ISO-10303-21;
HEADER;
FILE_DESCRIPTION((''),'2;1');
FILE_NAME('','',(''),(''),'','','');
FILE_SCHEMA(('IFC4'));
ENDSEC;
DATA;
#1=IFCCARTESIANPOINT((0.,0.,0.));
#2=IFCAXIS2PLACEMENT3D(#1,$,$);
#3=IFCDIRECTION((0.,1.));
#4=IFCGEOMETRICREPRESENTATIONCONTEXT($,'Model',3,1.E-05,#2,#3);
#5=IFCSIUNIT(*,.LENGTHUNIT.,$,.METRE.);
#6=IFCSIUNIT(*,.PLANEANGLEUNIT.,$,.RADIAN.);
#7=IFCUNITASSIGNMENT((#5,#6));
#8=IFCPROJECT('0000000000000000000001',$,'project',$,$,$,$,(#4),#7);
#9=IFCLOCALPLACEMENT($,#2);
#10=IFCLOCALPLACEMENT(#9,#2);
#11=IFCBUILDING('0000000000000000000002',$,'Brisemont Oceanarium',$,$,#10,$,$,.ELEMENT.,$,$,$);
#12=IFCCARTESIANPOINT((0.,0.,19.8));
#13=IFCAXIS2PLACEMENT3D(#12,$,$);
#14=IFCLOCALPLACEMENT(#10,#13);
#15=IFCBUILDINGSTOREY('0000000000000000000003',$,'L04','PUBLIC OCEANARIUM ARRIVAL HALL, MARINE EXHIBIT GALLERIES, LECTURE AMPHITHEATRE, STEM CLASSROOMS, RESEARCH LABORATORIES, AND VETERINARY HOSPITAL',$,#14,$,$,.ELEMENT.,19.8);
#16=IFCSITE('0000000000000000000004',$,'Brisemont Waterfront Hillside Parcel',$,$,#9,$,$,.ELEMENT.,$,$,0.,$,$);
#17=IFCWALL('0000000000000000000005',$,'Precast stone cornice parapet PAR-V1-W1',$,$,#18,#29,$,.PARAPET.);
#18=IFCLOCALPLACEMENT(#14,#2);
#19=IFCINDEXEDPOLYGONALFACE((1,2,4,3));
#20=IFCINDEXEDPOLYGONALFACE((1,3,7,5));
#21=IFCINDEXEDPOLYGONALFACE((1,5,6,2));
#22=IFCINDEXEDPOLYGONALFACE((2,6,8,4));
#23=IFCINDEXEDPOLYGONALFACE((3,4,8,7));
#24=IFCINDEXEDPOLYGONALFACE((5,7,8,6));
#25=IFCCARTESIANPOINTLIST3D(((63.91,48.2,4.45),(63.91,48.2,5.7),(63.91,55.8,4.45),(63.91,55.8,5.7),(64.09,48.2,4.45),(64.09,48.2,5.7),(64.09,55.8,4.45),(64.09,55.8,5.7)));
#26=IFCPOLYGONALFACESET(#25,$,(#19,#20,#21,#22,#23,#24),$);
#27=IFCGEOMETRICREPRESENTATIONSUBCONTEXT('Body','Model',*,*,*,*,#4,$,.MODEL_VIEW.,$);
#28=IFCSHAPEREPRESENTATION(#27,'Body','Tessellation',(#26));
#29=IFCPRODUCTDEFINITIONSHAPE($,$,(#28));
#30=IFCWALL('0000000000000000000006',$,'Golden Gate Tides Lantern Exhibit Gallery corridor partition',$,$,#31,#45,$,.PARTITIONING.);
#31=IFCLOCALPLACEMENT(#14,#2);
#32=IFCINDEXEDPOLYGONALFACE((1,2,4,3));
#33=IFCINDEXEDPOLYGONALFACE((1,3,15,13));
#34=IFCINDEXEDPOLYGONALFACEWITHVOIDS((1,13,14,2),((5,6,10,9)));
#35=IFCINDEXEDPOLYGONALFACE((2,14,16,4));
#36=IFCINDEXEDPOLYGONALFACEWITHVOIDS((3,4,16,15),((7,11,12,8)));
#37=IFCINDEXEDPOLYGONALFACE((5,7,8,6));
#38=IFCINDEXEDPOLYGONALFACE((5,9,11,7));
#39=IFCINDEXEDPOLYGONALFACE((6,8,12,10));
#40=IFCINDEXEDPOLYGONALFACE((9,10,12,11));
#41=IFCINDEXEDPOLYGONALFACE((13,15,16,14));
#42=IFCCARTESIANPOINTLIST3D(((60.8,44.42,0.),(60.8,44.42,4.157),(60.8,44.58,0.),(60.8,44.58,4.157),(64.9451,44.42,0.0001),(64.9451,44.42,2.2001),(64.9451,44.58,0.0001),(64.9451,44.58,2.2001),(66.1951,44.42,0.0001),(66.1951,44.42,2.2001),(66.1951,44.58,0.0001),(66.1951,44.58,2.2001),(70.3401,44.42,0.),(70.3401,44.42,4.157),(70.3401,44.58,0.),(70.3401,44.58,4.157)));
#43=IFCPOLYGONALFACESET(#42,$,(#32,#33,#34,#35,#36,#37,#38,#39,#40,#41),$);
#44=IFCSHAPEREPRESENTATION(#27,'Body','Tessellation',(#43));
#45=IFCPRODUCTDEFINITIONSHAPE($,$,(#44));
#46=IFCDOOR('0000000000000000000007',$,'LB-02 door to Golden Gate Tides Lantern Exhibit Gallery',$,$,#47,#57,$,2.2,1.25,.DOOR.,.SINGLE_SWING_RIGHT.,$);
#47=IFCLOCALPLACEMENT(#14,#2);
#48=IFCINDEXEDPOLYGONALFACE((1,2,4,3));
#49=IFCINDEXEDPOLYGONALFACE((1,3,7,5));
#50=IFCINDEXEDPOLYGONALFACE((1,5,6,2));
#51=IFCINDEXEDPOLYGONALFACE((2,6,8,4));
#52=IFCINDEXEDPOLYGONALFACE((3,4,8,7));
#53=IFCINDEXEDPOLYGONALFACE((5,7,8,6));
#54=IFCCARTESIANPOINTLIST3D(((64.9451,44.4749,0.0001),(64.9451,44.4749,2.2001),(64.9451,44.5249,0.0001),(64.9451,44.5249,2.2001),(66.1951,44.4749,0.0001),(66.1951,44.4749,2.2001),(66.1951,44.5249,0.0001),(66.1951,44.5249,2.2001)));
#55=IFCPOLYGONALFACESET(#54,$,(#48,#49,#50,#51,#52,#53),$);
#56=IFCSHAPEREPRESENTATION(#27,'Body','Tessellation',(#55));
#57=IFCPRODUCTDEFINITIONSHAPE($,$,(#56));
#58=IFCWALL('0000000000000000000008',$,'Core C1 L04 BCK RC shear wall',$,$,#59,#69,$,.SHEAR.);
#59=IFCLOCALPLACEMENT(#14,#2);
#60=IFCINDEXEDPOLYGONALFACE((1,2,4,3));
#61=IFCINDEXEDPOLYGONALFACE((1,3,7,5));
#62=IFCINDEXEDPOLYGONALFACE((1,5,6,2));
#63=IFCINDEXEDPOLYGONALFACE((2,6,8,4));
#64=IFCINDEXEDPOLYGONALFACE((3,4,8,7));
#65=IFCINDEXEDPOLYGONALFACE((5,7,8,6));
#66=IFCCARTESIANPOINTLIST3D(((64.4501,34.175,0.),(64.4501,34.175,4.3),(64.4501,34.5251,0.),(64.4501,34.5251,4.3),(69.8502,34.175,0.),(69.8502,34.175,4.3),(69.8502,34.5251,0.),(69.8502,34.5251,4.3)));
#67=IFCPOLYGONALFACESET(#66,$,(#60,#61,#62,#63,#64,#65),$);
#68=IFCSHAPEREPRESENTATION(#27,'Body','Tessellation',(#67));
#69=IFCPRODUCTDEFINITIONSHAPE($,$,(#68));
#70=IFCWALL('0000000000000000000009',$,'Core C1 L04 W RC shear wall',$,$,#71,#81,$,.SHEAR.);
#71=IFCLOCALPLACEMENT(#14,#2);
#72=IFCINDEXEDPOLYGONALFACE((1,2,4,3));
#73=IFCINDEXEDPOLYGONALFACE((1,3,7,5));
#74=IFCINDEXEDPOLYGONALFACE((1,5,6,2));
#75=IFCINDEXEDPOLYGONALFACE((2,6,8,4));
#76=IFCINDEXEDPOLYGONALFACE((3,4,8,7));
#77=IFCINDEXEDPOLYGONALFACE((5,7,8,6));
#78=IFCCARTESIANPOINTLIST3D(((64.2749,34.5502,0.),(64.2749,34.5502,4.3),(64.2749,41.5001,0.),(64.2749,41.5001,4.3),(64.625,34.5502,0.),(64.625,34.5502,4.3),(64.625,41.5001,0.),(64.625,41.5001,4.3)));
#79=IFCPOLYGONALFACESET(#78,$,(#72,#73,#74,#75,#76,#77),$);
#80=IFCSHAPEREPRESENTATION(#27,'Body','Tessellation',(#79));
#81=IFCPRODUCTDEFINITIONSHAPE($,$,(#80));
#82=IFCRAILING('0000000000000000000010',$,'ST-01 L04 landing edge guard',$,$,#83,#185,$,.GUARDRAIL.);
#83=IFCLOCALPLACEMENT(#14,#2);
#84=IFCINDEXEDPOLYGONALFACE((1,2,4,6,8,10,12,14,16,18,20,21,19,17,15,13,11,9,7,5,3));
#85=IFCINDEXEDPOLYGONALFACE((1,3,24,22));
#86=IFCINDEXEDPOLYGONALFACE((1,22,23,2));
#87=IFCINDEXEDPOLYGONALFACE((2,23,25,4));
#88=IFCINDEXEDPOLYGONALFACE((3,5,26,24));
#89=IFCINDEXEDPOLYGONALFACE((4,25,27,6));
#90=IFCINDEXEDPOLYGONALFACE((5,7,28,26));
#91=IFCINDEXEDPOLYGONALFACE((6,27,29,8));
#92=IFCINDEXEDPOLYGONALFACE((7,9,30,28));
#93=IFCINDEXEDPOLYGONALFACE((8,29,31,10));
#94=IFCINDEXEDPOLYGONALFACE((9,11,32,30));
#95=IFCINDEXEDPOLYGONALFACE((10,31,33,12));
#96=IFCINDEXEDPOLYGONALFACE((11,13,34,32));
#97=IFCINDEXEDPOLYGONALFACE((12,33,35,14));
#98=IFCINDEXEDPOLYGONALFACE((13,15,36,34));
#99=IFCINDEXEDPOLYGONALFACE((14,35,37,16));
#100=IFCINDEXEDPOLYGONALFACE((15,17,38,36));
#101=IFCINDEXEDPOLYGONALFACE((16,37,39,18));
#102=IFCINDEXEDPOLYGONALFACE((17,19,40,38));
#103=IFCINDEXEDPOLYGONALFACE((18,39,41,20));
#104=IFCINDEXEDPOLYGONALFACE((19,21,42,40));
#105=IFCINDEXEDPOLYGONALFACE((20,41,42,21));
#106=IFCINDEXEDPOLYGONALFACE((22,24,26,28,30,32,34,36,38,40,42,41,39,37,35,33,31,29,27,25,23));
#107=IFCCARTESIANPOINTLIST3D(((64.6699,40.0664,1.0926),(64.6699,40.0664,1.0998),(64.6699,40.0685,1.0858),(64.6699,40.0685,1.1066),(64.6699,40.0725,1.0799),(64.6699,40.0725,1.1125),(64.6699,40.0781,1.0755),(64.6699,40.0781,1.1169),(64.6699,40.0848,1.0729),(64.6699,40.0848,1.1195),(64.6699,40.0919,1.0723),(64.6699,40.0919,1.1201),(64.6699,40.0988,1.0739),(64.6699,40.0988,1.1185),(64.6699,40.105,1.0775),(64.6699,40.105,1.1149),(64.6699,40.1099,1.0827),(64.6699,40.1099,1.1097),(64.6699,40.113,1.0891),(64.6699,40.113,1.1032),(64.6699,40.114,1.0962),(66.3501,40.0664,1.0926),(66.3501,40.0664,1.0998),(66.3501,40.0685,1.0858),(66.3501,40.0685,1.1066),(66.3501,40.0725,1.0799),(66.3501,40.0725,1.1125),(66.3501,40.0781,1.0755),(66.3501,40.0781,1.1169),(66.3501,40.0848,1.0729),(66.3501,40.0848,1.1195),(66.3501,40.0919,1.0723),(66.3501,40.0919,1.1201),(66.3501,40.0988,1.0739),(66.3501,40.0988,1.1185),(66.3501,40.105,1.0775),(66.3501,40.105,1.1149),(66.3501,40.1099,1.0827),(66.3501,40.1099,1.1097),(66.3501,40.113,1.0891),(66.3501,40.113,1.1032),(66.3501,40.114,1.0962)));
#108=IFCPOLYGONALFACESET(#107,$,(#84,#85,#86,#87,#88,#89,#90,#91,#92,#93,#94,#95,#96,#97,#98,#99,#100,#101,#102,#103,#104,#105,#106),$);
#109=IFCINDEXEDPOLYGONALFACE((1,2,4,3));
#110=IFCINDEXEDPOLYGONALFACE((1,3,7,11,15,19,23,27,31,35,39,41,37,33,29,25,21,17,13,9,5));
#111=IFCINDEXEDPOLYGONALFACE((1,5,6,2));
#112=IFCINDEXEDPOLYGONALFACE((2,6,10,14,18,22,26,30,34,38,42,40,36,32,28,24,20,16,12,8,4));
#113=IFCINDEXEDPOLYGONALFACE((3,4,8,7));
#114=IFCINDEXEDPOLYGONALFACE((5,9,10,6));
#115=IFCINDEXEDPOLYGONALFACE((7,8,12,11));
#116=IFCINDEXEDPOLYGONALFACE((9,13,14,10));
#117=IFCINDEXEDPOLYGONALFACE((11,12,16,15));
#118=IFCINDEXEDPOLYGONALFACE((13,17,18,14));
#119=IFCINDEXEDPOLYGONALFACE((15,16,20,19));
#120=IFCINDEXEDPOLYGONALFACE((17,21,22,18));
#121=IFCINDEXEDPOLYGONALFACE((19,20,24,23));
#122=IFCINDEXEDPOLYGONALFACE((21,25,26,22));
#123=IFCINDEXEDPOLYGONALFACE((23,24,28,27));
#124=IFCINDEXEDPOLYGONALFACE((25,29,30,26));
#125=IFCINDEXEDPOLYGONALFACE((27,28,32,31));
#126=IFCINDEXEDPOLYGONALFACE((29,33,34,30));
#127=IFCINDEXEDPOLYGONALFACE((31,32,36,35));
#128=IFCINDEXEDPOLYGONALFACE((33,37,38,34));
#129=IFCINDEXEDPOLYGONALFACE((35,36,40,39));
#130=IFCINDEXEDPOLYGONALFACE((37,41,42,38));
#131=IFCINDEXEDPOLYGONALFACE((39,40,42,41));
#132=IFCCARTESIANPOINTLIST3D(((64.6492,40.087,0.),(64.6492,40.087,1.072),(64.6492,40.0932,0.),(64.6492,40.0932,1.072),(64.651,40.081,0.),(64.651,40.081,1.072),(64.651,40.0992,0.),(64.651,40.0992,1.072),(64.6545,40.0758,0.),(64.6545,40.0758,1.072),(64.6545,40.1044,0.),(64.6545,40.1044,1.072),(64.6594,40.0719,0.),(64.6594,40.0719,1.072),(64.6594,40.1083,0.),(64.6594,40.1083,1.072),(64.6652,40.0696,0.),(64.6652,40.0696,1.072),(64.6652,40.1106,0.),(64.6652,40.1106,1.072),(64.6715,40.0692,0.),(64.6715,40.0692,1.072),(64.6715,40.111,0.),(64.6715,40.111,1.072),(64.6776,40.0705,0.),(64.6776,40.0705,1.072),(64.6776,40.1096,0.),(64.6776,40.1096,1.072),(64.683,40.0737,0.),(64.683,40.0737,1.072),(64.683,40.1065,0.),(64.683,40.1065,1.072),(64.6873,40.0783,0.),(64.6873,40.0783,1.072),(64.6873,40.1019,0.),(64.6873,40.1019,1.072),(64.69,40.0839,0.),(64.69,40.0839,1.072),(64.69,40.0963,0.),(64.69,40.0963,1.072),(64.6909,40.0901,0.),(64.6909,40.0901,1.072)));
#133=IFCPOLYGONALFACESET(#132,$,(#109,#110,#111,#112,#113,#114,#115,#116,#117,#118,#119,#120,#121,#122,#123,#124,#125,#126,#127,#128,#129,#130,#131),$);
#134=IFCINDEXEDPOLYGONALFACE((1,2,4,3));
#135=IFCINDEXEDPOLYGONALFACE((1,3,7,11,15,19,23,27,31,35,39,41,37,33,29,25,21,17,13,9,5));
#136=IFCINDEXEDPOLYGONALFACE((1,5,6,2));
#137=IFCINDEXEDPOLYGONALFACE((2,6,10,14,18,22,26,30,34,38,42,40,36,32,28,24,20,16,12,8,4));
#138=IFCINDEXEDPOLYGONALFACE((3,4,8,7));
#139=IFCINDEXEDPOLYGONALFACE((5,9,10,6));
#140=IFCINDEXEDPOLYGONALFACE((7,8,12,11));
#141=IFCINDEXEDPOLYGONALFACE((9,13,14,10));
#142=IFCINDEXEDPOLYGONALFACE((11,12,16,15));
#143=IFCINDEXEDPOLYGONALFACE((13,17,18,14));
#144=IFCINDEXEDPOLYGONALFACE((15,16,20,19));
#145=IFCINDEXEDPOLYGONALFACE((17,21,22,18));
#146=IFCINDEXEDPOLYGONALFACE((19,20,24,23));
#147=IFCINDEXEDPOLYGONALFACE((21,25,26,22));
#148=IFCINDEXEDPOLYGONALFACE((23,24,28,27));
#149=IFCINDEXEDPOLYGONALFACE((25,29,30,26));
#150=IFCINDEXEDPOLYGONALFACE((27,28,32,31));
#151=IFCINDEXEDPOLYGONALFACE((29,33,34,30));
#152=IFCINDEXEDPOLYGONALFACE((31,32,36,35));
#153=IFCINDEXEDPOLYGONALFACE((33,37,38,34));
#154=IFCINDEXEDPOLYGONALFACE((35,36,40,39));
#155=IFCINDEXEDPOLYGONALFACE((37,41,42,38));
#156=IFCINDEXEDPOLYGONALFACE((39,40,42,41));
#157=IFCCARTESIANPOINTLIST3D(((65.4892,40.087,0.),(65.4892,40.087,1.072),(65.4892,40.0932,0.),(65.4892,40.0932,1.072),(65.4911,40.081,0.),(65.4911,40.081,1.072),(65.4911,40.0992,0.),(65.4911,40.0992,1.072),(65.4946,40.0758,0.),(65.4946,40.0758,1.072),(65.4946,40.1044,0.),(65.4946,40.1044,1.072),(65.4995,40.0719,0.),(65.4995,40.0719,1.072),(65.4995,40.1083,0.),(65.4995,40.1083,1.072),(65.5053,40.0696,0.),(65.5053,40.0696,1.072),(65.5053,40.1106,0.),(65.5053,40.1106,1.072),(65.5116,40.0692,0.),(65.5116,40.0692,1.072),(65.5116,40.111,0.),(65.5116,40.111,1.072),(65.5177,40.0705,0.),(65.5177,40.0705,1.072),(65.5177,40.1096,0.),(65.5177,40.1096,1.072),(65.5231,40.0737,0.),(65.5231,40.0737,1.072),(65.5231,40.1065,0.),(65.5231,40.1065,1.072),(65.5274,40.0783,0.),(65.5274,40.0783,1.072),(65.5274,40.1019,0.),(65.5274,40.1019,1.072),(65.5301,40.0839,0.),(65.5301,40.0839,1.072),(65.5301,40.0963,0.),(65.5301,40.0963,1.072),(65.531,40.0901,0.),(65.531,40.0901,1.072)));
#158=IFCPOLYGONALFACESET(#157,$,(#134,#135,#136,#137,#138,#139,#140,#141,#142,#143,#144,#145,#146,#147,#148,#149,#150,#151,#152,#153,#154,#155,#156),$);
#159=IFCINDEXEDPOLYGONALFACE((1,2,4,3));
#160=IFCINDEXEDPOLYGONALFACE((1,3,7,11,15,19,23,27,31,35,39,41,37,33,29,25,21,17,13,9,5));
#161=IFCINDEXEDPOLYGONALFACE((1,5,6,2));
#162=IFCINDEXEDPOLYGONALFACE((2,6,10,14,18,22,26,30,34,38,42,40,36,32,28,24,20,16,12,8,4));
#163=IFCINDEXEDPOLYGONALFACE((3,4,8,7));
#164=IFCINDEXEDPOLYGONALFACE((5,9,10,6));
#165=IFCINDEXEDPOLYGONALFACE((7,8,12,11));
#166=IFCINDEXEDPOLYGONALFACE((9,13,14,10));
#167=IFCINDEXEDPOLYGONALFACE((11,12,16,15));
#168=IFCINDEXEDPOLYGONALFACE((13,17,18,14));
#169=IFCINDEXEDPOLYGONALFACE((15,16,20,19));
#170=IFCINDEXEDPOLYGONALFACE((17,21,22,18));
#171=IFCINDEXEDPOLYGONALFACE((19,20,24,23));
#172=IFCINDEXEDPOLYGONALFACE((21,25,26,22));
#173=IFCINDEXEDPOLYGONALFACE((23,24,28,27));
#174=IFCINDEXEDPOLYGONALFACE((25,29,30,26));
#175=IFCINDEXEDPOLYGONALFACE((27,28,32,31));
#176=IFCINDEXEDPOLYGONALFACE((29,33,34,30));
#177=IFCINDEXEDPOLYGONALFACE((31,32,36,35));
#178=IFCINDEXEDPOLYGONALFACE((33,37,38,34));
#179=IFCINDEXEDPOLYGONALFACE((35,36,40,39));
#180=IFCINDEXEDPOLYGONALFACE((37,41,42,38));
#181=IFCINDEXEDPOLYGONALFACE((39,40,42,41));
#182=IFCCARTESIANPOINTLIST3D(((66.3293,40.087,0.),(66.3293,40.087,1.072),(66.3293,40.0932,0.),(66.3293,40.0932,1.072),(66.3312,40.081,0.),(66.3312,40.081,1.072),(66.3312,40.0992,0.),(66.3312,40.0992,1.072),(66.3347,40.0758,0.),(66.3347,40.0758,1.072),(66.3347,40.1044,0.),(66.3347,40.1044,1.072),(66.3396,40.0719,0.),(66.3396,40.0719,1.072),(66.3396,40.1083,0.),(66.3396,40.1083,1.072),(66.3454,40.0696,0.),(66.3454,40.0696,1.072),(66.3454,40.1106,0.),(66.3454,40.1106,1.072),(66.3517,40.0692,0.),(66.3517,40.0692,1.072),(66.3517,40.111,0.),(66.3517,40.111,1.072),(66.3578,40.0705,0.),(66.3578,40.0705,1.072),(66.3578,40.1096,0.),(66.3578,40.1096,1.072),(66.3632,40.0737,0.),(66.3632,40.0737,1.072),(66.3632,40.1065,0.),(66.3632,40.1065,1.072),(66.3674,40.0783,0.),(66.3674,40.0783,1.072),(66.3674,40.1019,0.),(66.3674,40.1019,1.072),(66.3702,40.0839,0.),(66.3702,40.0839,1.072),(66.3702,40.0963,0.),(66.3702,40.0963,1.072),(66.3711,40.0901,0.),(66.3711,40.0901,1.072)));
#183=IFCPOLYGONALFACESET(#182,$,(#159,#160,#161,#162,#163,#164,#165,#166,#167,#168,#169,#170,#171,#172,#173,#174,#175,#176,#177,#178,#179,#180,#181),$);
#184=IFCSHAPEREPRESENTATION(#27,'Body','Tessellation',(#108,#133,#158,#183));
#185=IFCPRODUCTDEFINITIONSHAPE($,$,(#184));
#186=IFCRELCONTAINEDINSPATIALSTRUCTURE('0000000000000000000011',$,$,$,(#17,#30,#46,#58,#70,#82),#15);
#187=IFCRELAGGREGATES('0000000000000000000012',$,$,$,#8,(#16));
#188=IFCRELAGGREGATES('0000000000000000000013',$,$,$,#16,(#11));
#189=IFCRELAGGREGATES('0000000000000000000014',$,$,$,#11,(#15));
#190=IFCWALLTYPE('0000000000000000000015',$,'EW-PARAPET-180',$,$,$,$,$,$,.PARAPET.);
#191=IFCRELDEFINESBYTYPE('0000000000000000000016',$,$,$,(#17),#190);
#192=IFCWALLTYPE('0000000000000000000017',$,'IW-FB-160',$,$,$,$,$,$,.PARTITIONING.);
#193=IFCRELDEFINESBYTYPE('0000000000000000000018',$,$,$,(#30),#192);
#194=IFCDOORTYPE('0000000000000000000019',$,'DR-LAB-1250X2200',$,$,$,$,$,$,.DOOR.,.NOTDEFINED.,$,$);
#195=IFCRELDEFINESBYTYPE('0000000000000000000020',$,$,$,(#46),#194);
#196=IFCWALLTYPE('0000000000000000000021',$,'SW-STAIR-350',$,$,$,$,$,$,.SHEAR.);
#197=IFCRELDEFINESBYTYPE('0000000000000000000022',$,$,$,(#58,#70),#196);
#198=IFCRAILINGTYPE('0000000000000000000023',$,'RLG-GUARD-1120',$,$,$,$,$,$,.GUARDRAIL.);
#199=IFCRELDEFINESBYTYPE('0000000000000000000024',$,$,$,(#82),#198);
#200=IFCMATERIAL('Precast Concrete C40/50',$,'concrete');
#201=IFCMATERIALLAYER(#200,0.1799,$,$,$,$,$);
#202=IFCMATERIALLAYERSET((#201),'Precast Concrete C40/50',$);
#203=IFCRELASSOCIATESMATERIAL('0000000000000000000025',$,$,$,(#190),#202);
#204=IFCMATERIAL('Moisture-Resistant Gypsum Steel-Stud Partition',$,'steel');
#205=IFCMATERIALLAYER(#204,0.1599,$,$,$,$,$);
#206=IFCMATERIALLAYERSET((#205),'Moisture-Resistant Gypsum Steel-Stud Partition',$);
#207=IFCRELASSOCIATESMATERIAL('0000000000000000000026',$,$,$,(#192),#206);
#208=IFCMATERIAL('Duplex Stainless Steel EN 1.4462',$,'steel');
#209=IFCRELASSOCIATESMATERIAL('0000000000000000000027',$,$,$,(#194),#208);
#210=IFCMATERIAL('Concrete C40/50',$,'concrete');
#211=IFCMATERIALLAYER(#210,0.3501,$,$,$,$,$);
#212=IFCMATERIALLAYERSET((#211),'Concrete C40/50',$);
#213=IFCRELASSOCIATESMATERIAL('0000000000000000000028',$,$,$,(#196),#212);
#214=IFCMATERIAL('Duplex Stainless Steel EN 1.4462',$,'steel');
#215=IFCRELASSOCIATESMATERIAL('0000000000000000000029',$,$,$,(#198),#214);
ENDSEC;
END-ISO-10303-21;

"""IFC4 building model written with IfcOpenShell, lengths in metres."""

from ifc_helpers import new_model, si_unit, direction, frame, frame_2d, origin, origin_2d, place, context, subcontext, project, spatial, rectangle, circle, extrude, material, layer, layer_set, type_object, element, fill, save


model = new_model("IFC4")

# Units and contexts
model_context = context("Model", 3, precision=1e-05, world=origin(), true_north=direction((0.0, 1.0)))
body_context = subcontext(model_context, "Body", "Model", "MODEL_VIEW")
ifc_project = project(units=[si_unit("LENGTHUNIT", "METRE"), si_unit("PLANEANGLEUNIT", "RADIAN")], contexts=[model_context])

# Site, building, storey
site_placement = place(None, origin())
site = spatial("IfcSite", under=ifc_project, at=site_placement, Name="Brisemont Waterfront Hillside Parcel", CompositionType="ELEMENT", RefElevation=0.0)
building_placement = place(site_placement, origin())
building = spatial("IfcBuilding", under=site, at=building_placement, Name="Brisemont Oceanarium", CompositionType="ELEMENT")
storey_placement = place(building_placement, frame((0.0, 0.0, 19.8)))
storey = spatial("IfcBuildingStorey", under=building, at=storey_placement, Name="L04", Description="PUBLIC OCEANARIUM ARRIVAL HALL, MARINE EXHIBIT GALLERIES, LECTURE AMPHITHEATRE, STEM CLASSROOMS, RESEARCH LABORATORIES, AND VETERINARY HOSPITAL", CompositionType="ELEMENT", Elevation=19.8)

# Wall
ifc_material_1 = material(Name="Precast Concrete C40/50", Category="concrete")
ifc_layer_1 = layer(ifc_material_1, 0.1799)
ifc_layer_set_1 = layer_set([ifc_layer_1], Name="Precast Concrete C40/50")
wall_type_1 = type_object("IfcWallType", Name="EW-PARAPET-180", PredefinedType="PARAPET", material=ifc_layer_set_1)
wall_1_placement = place(storey_placement, frame((64.0, 48.2, 4.45), z_axis=(0.0, 0.0, 1.0), x_axis=(0.0, 1.0, 0.0)))
element("IfcWall", 1, at=wall_1_placement, inside=storey, type_object=wall_type_1, Name="Precast stone cornice parapet PAR-V1-W1", PredefinedType="PARAPET", context=body_context, shape_type="SweptSolid", body=[
    extrude(rectangle(XDim=7.6001, YDim=0.1799, at=frame_2d((3.8, 0.0))), origin(), (0.0, 0.0, 1.0), 1.25),
])

# Wall, opening, door
ifc_material_2 = material(Name="Moisture-Resistant Gypsum Steel-Stud Partition", Category="steel")
ifc_layer_2 = layer(ifc_material_2, 0.1599)
ifc_layer_set_2 = layer_set([ifc_layer_2], Name="Moisture-Resistant Gypsum Steel-Stud Partition")
wall_type_2 = type_object("IfcWallType", Name="IW-FB-160", PredefinedType="PARTITIONING", material=ifc_layer_set_2)
wall_2_placement = place(storey_placement, frame((60.8, 44.5, 0.0), z_axis=(0.0, 0.0, 1.0), x_axis=(1.0, 0.0, 0.0)))
wall_2 = element("IfcWall", 2, at=wall_2_placement, inside=storey, type_object=wall_type_2, Name="Golden Gate Tides Lantern Exhibit Gallery corridor partition", PredefinedType="PARTITIONING", context=body_context, shape_type="SweptSolid", body=[
    extrude(rectangle(XDim=9.54, YDim=0.1599, at=frame_2d((4.77, 0.0))), origin(), (0.0, 0.0, 1.0), 4.157),
])
opening_1_placement = place(wall_2_placement, frame((4.145, 0.0, 0.0)))
opening_1 = element("IfcOpeningElement", 3, at=opening_1_placement, cuts=wall_2, PredefinedType="OPENING", context=body_context, shape_type="SweptSolid", body=[
    extrude(rectangle(XDim=1.25, YDim=2.2, at=frame_2d((0.625, 1.1001))), frame((0.0, 0.0898, 0.0), z_axis=(0.0, -1.0, 0.0), x_axis=(1.0, 0.0, 0.0)), (0.0, 0.0, 1.0), 0.1799),
])
ifc_material_3 = material(Name="Duplex Stainless Steel EN 1.4462", Category="steel")
door_type_1 = type_object("IfcDoorType", Name="DR-LAB-1250X2200", OperationType="NOTDEFINED", PredefinedType="DOOR", material=ifc_material_3)
door_1_placement = place(opening_1_placement, origin())
door_1 = element("IfcDoor", 4, at=door_1_placement, inside=storey, type_object=door_type_1, Name="LB-02 door to Golden Gate Tides Lantern Exhibit Gallery", OperationType="SINGLE_SWING_RIGHT", OverallHeight=2.2, OverallWidth=1.25, PredefinedType="DOOR", context=body_context, shape_type="SweptSolid", body=[
    extrude(rectangle(XDim=1.25, YDim=2.2, at=frame_2d((0.625, 1.1001))), frame((0.0, 0.0249, 0.0), z_axis=(0.0, -1.0, 0.0), x_axis=(1.0, 0.0, 0.0)), (0.0, 0.0, 1.0), 0.05),
])
fill(opening_1, door_1)

# Shared definitions
ifc_material_4 = material(Name="Concrete C40/50", Category="concrete")
ifc_layer_3 = layer(ifc_material_4, 0.3501)
ifc_layer_set_3 = layer_set([ifc_layer_3], Name="Concrete C40/50")
wall_type_3 = type_object("IfcWallType", Name="SW-STAIR-350", PredefinedType="SHEAR", material=ifc_layer_set_3)

# Walls
wall_3_placement = place(storey_placement, frame((64.45, 34.3501, 0.0), z_axis=(0.0, 0.0, 1.0), x_axis=(1.0, 0.0, 0.0)))
element("IfcWall", 5, at=wall_3_placement, inside=storey, type_object=wall_type_3, Name="Core C1 L04 BCK RC shear wall", PredefinedType="SHEAR", context=body_context, shape_type="SweptSolid", body=[
    extrude(rectangle(XDim=5.4001, YDim=0.3501, at=frame_2d((2.7002, 0.0))), origin(), (0.0, 0.0, 1.0), 4.3),
])
wall_4_placement = place(storey_placement, frame((64.45, 34.55, 0.0), z_axis=(0.0, 0.0, 1.0), x_axis=(0.0, 1.0, 0.0)))
element("IfcWall", 6, at=wall_4_placement, inside=storey, type_object=wall_type_3, Name="Core C1 L04 W RC shear wall", PredefinedType="SHEAR", context=body_context, shape_type="SweptSolid", body=[
    extrude(rectangle(XDim=6.95, YDim=0.3501, at=frame_2d((3.4751, 0.0))), origin(), (0.0, 0.0, 1.0), 4.3),
])

# Railing
ifc_material_5 = material(Name="Duplex Stainless Steel EN 1.4462", Category="steel")
railing_type = type_object("IfcRailingType", Name="RLG-GUARD-1120", PredefinedType="GUARDRAIL", material=ifc_material_5)
railing_1_placement = place(storey_placement, frame((64.6699, 40.0901, 0.0)))
element("IfcRailing", 7, at=railing_1_placement, inside=storey, type_object=railing_type, Name="ST-01 L04 landing edge guard", PredefinedType="GUARDRAIL", context=body_context, shape_type="SweptSolid", body=[
    extrude(circle(Radius=0.0239, at=origin_2d()), frame((0.0, 0.0, 1.0962), z_axis=(1.0, 0.0, 0.0), x_axis=(0.0, 1.0, 0.0)), (0.0, 0.0, 1.0), 1.6802),
    extrude(circle(Radius=0.021, at=origin_2d()), origin(), (0.0, 0.0, 1.0), 1.072),
    extrude(circle(Radius=0.021, at=origin_2d()), frame((0.8401, 0.0, 0.0)), (0.0, 0.0, 1.0), 1.072),
    extrude(circle(Radius=0.021, at=origin_2d()), frame((1.6802, 0.0, 0.0)), (0.0, 0.0, 1.0), 1.072),
])

save(model, "model.ifc")
